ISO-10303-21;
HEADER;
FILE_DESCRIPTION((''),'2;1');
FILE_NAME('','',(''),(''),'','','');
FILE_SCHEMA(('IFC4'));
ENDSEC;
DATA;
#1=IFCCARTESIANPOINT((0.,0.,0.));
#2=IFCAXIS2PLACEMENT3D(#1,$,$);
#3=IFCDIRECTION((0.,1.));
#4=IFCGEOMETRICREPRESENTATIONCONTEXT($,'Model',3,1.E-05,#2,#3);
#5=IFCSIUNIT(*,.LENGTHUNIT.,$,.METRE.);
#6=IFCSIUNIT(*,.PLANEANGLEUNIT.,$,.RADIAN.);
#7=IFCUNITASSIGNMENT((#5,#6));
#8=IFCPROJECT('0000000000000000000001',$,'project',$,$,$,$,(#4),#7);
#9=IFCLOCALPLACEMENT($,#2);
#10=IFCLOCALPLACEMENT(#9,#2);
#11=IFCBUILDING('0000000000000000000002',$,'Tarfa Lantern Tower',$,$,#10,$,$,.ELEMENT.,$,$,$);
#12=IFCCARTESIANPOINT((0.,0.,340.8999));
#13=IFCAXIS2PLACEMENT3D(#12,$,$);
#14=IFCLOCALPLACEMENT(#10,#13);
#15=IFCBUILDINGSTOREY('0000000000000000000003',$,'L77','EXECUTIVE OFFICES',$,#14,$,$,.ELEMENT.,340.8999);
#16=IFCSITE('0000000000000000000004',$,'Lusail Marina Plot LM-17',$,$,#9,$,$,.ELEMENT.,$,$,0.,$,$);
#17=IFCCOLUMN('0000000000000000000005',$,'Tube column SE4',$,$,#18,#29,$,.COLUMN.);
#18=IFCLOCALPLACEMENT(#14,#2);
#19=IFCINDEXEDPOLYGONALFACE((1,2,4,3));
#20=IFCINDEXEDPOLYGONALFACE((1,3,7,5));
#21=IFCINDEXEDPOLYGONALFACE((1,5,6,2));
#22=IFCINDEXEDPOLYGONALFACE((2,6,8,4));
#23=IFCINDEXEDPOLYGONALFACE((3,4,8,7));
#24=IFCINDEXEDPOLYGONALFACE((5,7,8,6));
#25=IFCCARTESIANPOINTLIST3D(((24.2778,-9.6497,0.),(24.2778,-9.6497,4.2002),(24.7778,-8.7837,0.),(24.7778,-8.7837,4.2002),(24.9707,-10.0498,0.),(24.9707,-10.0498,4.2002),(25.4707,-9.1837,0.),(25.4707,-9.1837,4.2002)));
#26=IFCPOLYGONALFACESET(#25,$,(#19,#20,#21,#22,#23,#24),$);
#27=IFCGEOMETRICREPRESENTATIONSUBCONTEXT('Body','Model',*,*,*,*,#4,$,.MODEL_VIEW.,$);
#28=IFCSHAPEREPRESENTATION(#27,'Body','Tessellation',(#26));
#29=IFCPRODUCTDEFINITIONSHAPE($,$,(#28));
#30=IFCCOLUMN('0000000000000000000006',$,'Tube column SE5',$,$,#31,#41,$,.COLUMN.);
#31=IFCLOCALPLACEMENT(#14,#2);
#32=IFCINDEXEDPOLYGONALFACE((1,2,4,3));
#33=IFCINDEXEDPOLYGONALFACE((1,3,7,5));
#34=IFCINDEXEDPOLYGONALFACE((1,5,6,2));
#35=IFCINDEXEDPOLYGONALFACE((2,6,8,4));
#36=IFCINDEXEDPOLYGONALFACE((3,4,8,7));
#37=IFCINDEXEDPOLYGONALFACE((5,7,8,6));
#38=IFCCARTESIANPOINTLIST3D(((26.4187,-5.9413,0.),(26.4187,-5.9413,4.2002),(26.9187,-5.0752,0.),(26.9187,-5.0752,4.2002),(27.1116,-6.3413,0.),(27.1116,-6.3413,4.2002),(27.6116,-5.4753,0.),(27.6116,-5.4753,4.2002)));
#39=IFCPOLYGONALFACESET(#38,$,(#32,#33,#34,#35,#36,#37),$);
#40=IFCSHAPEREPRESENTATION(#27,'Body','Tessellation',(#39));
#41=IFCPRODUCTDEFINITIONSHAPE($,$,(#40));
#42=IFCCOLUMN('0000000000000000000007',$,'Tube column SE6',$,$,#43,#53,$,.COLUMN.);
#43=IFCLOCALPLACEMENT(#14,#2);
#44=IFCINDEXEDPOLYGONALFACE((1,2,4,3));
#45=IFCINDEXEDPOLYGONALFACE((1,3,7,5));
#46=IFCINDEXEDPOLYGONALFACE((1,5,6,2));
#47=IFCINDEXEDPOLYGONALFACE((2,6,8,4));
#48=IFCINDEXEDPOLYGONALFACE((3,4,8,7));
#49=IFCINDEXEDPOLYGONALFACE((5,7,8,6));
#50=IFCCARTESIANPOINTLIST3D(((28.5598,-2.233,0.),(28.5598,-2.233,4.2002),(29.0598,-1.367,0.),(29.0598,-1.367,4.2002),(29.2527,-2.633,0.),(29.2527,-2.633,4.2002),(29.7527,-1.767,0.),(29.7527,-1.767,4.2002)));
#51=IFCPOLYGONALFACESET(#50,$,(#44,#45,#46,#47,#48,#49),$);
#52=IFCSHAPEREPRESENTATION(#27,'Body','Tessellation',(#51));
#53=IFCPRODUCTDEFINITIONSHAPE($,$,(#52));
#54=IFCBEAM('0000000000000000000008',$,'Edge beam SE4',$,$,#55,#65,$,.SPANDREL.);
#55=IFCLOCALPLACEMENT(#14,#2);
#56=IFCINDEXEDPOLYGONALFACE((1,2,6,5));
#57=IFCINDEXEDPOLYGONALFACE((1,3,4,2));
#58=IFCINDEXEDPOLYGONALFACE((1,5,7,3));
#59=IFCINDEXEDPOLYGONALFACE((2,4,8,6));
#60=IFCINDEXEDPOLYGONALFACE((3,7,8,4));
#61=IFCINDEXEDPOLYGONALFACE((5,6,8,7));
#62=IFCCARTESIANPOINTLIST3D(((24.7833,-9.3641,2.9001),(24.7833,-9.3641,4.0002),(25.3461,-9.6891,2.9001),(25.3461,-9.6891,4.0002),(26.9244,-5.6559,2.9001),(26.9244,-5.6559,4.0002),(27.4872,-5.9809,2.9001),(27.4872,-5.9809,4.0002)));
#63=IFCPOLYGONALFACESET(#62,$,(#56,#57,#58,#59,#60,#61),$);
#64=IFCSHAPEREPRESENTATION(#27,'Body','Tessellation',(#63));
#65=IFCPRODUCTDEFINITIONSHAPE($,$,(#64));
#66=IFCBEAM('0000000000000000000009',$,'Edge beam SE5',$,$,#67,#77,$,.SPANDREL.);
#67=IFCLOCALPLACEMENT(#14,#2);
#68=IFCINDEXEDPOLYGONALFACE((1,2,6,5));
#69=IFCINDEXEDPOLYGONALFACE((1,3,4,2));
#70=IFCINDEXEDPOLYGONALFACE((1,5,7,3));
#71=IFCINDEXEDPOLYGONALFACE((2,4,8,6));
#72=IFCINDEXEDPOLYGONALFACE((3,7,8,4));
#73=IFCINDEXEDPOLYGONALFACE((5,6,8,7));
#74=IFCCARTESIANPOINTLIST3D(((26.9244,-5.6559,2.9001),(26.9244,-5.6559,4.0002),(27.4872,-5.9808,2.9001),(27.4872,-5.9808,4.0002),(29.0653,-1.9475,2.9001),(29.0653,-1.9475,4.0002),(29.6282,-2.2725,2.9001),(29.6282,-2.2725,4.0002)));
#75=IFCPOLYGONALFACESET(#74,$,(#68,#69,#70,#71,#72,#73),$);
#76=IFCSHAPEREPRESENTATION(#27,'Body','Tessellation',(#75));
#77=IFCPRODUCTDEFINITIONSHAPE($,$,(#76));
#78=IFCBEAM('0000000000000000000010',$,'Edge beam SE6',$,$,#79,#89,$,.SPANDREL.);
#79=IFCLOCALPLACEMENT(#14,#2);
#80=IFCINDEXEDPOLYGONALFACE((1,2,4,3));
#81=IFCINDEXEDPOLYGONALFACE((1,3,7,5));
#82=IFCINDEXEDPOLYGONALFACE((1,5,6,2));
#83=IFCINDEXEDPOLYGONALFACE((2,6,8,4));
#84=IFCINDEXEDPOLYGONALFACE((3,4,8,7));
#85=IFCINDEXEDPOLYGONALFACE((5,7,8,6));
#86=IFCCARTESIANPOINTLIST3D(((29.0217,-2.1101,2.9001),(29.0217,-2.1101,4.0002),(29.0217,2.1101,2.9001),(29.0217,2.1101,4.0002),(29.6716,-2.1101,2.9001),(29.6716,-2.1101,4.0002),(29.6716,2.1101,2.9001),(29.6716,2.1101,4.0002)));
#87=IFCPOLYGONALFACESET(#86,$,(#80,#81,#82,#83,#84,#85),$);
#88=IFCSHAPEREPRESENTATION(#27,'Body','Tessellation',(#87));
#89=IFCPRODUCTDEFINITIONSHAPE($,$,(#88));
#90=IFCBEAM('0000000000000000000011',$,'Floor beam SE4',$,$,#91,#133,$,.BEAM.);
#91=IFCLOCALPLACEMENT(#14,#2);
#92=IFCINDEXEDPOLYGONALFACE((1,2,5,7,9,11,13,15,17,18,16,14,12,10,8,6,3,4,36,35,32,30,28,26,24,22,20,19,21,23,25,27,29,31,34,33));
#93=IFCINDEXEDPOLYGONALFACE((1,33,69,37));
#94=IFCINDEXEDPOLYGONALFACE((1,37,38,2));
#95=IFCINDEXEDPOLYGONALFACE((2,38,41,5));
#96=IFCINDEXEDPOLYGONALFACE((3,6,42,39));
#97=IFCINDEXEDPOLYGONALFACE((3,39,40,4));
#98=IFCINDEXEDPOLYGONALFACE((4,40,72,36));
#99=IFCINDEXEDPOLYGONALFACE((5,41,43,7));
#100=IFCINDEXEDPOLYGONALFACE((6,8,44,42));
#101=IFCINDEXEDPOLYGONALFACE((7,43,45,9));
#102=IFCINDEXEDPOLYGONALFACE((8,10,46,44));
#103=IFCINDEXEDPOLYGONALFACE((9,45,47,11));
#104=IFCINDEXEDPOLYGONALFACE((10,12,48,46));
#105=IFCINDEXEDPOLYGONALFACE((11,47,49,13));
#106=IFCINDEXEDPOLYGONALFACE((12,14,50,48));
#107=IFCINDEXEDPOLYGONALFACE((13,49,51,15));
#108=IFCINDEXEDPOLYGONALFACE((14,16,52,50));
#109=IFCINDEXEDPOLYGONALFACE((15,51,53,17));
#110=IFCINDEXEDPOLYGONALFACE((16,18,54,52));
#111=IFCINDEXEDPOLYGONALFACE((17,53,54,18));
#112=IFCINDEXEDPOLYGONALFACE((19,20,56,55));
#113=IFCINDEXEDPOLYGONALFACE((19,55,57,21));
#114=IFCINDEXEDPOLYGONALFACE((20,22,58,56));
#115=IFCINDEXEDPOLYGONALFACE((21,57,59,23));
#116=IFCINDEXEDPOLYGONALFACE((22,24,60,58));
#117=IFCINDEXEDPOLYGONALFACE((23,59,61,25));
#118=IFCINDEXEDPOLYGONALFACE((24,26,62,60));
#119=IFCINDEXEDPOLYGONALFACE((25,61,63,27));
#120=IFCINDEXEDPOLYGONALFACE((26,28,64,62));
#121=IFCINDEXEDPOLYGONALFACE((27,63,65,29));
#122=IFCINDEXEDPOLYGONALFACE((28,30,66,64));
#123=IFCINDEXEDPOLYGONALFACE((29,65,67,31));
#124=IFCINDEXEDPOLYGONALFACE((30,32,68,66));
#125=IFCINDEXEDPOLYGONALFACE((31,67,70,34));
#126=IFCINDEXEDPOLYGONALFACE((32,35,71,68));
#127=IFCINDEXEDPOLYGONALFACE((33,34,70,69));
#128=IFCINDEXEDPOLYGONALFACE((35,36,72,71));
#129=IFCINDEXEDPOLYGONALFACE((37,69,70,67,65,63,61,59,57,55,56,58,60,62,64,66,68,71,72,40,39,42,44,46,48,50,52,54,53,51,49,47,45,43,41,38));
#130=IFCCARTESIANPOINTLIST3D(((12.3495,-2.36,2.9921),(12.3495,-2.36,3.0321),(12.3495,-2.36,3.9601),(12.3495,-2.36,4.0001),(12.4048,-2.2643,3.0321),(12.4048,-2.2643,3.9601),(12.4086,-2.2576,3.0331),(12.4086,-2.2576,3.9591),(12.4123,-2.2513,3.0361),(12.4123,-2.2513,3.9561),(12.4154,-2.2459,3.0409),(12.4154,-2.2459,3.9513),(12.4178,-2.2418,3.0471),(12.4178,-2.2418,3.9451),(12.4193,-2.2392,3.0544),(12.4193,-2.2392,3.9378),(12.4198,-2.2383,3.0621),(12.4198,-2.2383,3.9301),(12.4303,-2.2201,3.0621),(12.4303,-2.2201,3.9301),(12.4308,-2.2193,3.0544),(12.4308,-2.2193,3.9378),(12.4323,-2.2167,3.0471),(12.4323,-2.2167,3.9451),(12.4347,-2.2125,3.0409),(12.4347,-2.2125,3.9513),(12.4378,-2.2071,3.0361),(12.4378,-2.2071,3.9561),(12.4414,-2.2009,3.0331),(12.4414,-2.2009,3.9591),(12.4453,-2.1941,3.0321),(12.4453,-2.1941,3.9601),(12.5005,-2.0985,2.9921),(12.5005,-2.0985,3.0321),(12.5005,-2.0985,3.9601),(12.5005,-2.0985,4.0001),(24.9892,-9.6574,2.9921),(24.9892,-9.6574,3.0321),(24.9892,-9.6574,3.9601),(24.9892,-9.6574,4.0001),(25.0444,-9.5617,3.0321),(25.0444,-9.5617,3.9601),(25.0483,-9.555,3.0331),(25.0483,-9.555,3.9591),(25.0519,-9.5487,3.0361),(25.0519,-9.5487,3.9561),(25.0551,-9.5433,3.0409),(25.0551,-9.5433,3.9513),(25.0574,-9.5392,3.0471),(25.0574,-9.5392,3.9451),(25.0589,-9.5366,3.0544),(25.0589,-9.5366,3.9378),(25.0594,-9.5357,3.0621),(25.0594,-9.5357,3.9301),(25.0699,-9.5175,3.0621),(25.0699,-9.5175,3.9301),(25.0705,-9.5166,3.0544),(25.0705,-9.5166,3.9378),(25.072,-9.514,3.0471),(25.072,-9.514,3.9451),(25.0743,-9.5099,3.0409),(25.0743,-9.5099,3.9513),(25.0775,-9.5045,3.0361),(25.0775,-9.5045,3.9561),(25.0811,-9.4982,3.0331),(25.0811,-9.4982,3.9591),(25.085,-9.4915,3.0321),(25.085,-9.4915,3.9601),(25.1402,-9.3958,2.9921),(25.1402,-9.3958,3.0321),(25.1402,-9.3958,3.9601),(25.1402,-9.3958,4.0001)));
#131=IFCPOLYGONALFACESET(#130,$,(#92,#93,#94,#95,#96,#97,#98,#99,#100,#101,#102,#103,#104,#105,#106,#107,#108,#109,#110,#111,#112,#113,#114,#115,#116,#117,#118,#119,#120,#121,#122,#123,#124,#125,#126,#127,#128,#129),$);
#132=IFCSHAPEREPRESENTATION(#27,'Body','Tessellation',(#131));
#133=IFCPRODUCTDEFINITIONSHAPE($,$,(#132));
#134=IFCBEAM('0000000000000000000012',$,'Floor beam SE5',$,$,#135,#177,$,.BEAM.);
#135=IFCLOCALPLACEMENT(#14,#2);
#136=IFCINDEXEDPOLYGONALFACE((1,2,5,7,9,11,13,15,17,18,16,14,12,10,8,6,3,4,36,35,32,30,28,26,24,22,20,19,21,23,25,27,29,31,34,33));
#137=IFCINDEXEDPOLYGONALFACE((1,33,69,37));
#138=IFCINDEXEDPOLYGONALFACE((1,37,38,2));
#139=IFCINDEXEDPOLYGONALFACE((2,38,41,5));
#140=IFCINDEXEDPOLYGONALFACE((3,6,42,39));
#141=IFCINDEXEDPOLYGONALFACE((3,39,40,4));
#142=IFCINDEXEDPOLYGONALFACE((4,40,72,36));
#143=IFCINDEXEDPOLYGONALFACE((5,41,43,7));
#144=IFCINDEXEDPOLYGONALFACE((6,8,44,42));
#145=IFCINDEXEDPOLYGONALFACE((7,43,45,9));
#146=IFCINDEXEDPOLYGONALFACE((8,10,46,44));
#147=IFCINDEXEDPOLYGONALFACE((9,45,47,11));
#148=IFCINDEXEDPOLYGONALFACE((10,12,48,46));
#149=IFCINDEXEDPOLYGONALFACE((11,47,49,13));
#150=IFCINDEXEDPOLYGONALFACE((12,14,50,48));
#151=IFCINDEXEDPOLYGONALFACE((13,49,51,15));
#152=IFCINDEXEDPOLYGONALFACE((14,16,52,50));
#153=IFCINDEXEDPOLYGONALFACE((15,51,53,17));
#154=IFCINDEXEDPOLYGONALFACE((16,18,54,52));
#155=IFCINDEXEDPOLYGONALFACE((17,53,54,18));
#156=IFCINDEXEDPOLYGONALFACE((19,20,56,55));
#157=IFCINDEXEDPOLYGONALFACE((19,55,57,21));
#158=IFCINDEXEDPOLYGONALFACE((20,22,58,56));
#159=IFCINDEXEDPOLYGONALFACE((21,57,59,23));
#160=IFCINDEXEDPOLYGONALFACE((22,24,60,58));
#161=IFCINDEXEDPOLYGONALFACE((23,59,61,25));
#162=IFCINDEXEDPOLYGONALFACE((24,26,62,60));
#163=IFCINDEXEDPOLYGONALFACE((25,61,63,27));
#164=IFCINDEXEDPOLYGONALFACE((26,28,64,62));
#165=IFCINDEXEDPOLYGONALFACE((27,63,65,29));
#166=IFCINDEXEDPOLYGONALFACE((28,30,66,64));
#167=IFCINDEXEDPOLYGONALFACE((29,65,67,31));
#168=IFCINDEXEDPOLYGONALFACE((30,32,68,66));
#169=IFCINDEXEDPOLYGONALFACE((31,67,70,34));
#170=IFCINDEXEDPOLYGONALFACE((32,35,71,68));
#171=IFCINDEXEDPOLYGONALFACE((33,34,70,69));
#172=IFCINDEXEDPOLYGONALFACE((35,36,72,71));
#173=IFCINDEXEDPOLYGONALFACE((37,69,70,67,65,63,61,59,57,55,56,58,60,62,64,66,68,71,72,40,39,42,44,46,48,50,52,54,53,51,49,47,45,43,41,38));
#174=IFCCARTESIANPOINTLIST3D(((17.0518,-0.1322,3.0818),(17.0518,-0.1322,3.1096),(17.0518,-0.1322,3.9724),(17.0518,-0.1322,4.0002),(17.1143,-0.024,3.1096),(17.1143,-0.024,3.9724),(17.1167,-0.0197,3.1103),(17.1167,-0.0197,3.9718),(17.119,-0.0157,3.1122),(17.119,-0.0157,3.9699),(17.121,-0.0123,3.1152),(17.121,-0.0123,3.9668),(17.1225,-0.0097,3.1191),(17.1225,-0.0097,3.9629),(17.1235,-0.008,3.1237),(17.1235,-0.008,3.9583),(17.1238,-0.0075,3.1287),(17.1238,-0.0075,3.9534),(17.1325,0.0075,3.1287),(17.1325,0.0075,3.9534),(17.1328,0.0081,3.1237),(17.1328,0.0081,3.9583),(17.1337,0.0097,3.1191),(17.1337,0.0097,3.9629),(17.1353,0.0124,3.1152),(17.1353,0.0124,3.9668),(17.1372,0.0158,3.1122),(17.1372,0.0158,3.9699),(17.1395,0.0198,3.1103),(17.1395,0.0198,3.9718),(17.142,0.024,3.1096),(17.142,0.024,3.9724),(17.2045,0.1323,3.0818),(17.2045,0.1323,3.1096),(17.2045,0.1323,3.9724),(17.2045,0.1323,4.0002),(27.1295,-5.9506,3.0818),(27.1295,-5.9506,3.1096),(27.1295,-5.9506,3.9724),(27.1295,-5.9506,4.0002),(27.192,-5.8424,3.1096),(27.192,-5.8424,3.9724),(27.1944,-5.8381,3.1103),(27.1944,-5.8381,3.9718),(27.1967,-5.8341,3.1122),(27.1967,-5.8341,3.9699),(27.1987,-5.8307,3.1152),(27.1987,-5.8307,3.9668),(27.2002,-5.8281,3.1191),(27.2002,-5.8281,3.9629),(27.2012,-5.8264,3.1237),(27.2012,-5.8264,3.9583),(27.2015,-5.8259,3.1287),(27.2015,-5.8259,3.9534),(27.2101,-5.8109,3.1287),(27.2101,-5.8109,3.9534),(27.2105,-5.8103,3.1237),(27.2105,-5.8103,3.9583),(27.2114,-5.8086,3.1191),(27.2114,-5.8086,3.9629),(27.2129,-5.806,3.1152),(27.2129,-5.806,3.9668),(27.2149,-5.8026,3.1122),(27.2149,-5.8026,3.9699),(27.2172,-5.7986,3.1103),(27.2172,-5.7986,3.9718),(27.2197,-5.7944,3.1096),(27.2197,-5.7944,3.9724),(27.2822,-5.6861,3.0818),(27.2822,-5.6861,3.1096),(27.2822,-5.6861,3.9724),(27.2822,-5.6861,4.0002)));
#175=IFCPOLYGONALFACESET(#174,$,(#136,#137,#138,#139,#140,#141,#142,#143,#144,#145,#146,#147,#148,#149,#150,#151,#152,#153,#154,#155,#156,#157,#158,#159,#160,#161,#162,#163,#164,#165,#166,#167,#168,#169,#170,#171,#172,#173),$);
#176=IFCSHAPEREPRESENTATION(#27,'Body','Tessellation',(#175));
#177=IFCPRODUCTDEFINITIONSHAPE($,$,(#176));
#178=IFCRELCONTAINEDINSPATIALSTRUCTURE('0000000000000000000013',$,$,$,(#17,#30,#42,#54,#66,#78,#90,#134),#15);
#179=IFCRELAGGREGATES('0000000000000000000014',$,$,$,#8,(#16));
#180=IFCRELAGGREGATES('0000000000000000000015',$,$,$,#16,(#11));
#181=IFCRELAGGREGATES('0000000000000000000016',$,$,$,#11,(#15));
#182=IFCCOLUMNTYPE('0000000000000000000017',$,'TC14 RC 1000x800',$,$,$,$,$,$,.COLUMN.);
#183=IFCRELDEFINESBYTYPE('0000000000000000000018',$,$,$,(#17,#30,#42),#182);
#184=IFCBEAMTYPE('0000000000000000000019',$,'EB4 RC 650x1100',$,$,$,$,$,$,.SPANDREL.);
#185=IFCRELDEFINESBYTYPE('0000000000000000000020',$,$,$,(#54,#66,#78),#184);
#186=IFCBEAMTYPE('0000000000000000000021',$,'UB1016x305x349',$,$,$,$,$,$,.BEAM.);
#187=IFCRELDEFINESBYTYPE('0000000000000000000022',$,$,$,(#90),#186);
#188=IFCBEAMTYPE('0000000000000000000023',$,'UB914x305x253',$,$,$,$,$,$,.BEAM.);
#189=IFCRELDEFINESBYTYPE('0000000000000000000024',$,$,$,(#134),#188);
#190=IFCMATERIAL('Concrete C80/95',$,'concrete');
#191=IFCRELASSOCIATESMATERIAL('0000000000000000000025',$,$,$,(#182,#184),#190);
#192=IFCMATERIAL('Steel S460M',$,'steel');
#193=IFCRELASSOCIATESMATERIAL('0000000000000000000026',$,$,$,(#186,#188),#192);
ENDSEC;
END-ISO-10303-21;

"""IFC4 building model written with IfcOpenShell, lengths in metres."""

from ifc_helpers import new_model, si_unit, direction, frame, origin, origin_2d, place, context, subcontext, project, spatial, rectangle, i_section, extrude, material, material_profile, profile_set, type_object, element, save


model = new_model("IFC4")

# Units and contexts
model_context = context("Model", 3, precision=1e-05, world=origin(), true_north=direction((0.0, 1.0)))
body_context = subcontext(model_context, "Body", "Model", "MODEL_VIEW")
ifc_project = project(units=[si_unit("LENGTHUNIT", "METRE"), si_unit("PLANEANGLEUNIT", "RADIAN")], contexts=[model_context])

# Site, building, storey
site_placement = place(None, origin())
site = spatial("IfcSite", under=ifc_project, at=site_placement, Name="Lusail Marina Plot LM-17", CompositionType="ELEMENT", RefElevation=0.0)
building_placement = place(site_placement, origin())
building = spatial("IfcBuilding", under=site, at=building_placement, Name="Tarfa Lantern Tower", CompositionType="ELEMENT")
storey_placement = place(building_placement, frame((0.0, 0.0, 340.8999)))
storey = spatial("IfcBuildingStorey", under=building, at=storey_placement, Name="L77", Description="EXECUTIVE OFFICES", CompositionType="ELEMENT", Elevation=340.8999)

# Columns
ifc_material_1 = material(Name="Concrete C80/95", Category="concrete")
ifc_material_profile_1 = material_profile(ifc_material_1, rectangle(XDim=1.0, YDim=0.8, at=origin_2d()), Name="RC 1000x800")
ifc_profile_set_1 = profile_set([ifc_material_profile_1], Name="Concrete C80/95")
column_type = type_object("IfcColumnType", Name="TC14 RC 1000x800", PredefinedType="COLUMN", material=ifc_profile_set_1)
for number, where, z_axis, x_axis, name in (
    (1, (24.8743, -9.4167, 0.0), (0.0, 0.0, 1.0), (0.5, 0.866025, 0.0), "Tube column SE4"),
    (2, (27.0151, -5.7083, 0.0), (0.0, 0.0, 1.0), (0.5, 0.866025, 0.0), "Tube column SE5"),
    (3, (29.1562, -2.0, 0.0), (0.0, 0.0, 1.0), (0.5, 0.866025, 0.0), "Tube column SE6"),
):
    element("IfcColumn", number, at=place(storey_placement, frame(where, z_axis=z_axis, x_axis=x_axis)), inside=storey, type_object=column_type, Name=name, PredefinedType="COLUMN", context=body_context, shape_type="SweptSolid", body=[
        extrude(rectangle(XDim=1.0, YDim=0.8, at=origin_2d()), origin(), (0.0, 0.0, 1.0), 4.2002),
    ])

# Beams
ifc_material_profile_2 = material_profile(ifc_material_1, rectangle(XDim=0.6499, YDim=1.1001, at=origin_2d()), Name="RC 650x1100")
ifc_profile_set_2 = profile_set([ifc_material_profile_2], Name="Concrete C80/95")
beam_type_1 = type_object("IfcBeamType", Name="EB4 RC 650x1100", PredefinedType="SPANDREL", material=ifc_profile_set_2)
for number, where, z_axis, x_axis, name in (
    (4, (25.0647, -9.5266, 3.4502), (0.500027, 0.86601, 0.0), (-0.86601, 0.500027, 0.0), "Edge beam SE4"),
    (5, (27.2058, -5.8184, 3.4502), (0.499984, 0.866035, 0.0), (-0.866035, 0.499984, 0.0), "Edge beam SE5"),
):
    element("IfcBeam", number, at=place(storey_placement, frame(where, z_axis=z_axis, x_axis=x_axis)), inside=storey, type_object=beam_type_1, Name=name, PredefinedType="SPANDREL", context=body_context, shape_type="SweptSolid", body=[
        extrude(rectangle(XDim=0.6499, YDim=1.1001, at=origin_2d()), origin(), (0.0, 0.0, 1.0), 4.282),
    ])
beam_1_placement = place(storey_placement, frame((29.3467, -2.1101, 3.4502), z_axis=(0.0, 1.0, 0.0), x_axis=(-1.0, 0.0, 0.0)))
element("IfcBeam", 6, at=beam_1_placement, inside=storey, type_object=beam_type_1, Name="Edge beam SE6", PredefinedType="SPANDREL", context=body_context, shape_type="SweptSolid", body=[
    extrude(rectangle(XDim=0.6499, YDim=1.1001, at=origin_2d()), origin(), (0.0, 0.0, 1.0), 4.2202),
])
ifc_material_2 = material(Name="Steel S460M", Category="steel")
ifc_material_profile_3 = material_profile(ifc_material_2, i_section(OverallWidth=0.302, OverallDepth=1.0081, WebThickness=0.021, FlangeThickness=0.04, FilletRadius=0.03, at=origin_2d()), Name="UB1016x305x349")
ifc_profile_set_3 = profile_set([ifc_material_profile_3], Name="Steel S460M")
beam_type_2 = type_object("IfcBeamType", Name="UB1016x305x349", PredefinedType="BEAM", material=ifc_profile_set_3)
beam_2_placement = place(storey_placement, frame((25.0647, -9.5266, 3.4961), z_axis=(-0.86603, 0.499993, 0.0), x_axis=(-0.499993, -0.86603, 0.0)))
element("IfcBeam", 7, at=beam_2_placement, inside=storey, type_object=beam_type_2, Name="Floor beam SE4", PredefinedType="BEAM", context=body_context, shape_type="SweptSolid", body=[
    extrude(i_section(OverallWidth=0.302, OverallDepth=1.0081, WebThickness=0.021, FlangeThickness=0.04, FilletRadius=0.03, at=origin_2d()), origin(), (0.0, 0.0, 1.0), 14.595),
])
ifc_material_profile_4 = material_profile(ifc_material_2, i_section(OverallWidth=0.3054, OverallDepth=0.9185, WebThickness=0.0173, FlangeThickness=0.0278, FilletRadius=0.019, at=origin_2d()), Name="UB914x305x253")
ifc_profile_set_4 = profile_set([ifc_material_profile_4], Name="Steel S460M")
beam_type_3 = type_object("IfcBeamType", Name="UB914x305x253", PredefinedType="BEAM", material=ifc_profile_set_4)
beam_3_placement = place(storey_placement, frame((27.2058, -5.8184, 3.541), z_axis=(-0.866024, 0.500002, 0.0), x_axis=(-0.500002, -0.866024, 0.0)))
element("IfcBeam", 8, at=beam_3_placement, inside=storey, type_object=beam_type_3, Name="Floor beam SE5", PredefinedType="BEAM", context=body_context, shape_type="SweptSolid", body=[
    extrude(i_section(OverallWidth=0.3054, OverallDepth=0.9185, WebThickness=0.0173, FlangeThickness=0.0278, FilletRadius=0.019, at=origin_2d()), origin(), (0.0, 0.0, 1.0), 11.6367),
])

save(model, "model.ifc")
